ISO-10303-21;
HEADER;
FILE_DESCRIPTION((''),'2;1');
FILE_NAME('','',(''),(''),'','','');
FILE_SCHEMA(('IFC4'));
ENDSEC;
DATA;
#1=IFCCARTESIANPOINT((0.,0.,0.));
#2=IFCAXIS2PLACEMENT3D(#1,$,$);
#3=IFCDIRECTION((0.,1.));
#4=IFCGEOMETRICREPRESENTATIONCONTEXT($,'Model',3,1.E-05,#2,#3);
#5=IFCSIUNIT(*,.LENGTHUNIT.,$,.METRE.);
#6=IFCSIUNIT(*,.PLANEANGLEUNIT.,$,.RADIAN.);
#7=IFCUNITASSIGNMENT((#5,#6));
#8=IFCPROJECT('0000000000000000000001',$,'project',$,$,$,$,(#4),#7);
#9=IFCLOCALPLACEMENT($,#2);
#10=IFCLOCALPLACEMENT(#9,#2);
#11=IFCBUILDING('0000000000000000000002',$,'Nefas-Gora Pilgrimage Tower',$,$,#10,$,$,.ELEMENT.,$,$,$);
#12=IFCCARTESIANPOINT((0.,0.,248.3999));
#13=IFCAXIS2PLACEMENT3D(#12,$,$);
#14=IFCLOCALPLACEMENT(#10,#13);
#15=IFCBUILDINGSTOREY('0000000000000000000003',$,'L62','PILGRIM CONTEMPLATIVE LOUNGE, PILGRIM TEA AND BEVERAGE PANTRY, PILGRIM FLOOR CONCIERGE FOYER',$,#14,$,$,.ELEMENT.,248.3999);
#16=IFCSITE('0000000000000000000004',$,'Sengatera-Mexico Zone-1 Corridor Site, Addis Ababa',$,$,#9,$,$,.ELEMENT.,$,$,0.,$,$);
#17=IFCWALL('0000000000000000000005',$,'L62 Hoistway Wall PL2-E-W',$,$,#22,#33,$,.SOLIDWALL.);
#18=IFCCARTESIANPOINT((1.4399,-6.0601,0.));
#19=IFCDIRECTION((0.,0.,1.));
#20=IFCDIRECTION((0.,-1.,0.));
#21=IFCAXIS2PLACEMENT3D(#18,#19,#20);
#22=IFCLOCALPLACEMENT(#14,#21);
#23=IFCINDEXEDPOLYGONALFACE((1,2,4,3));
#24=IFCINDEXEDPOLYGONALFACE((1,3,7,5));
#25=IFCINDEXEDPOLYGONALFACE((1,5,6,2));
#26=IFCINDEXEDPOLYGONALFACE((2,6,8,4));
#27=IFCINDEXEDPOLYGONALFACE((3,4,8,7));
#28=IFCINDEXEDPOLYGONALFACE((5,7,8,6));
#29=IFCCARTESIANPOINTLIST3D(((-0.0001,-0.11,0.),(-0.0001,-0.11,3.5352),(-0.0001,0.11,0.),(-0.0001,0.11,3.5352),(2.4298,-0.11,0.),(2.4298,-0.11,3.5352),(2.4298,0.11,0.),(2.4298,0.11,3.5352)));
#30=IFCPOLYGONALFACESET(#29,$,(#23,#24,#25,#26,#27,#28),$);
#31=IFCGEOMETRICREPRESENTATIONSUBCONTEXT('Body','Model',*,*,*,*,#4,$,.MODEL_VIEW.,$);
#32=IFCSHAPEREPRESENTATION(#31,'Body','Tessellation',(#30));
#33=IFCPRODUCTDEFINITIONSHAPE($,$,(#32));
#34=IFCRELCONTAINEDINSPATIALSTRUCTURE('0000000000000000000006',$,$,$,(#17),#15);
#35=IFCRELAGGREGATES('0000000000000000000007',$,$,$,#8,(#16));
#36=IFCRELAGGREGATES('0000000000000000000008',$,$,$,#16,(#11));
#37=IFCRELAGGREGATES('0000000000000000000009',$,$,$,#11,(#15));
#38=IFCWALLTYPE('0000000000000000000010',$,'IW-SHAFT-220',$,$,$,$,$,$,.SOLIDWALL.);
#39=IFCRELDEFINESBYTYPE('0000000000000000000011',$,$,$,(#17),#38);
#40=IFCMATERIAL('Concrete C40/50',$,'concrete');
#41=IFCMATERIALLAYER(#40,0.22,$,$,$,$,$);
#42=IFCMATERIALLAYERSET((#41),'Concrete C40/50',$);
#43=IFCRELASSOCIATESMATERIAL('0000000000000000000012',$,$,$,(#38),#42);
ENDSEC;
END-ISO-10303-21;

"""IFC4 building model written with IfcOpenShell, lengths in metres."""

from ifc_helpers import new_model, si_unit, direction, frame, frame_2d, origin, place, context, subcontext, project, spatial, rectangle, extrude, source, transform, mapped, material, layer, layer_set, type_object, element, save


model = new_model("IFC4")

# Units and contexts
model_context = context("Model", 3, precision=1e-05, world=origin(), true_north=direction((0.0, 1.0)))
body_context = subcontext(model_context, "Body", "Model", "MODEL_VIEW")
ifc_project = project(units=[si_unit("LENGTHUNIT", "METRE"), si_unit("PLANEANGLEUNIT", "RADIAN")], contexts=[model_context])

# Site, building, storey
site_placement = place(None, origin())
site = spatial("IfcSite", under=ifc_project, at=site_placement, Name="Sengatera-Mexico Zone-1 Corridor Site, Addis Ababa", CompositionType="ELEMENT", RefElevation=0.0)
building_placement = place(site_placement, origin())
building = spatial("IfcBuilding", under=site, at=building_placement, Name="Nefas-Gora Pilgrimage Tower", CompositionType="ELEMENT")
storey_placement = place(building_placement, frame((0.0, 0.0, 248.3999)))
storey = spatial("IfcBuildingStorey", under=building, at=storey_placement, Name="L62", Description="PILGRIM CONTEMPLATIVE LOUNGE, PILGRIM TEA AND BEVERAGE PANTRY, PILGRIM FLOOR CONCIERGE FOYER", CompositionType="ELEMENT", Elevation=248.3999)

# Shared definitions
ifc_material_1 = material(Name="Concrete C40/50", Category="concrete")

# Shared definitions
ifc_layer_1 = layer(ifc_material_1, 0.22)
ifc_layer_set_1 = layer_set([ifc_layer_1], Name="Concrete C40/50")
wall_type_1 = type_object("IfcWallType", Name="IW-SHAFT-220", PredefinedType="SOLIDWALL", material=ifc_layer_set_1)

# Wall
shared_shape_1 = source(origin(), body_context, "Body", "SweptSolid", [
    extrude(rectangle(XDim=2.4299, YDim=0.22, at=frame_2d((1.2148, 0.0))), origin(), (0.0, 0.0, 1.0), 3.5352),
])
for number, where, z_axis, x_axis, name in (
    (1, (1.4399, -6.0601, 0.0), (0.0, 0.0, 1.0), (0.0, -1.0, 0.0), "L62 Hoistway Wall PL2-E-W"),
):
    element("IfcWall", number, at=place(storey_placement, frame(where, z_axis=z_axis, x_axis=x_axis)), inside=storey, type_object=wall_type_1, Name=name, PredefinedType="SOLIDWALL", context=body_context, shape_type="MappedRepresentation", body=[
        mapped(shared_shape_1, transform((0.0, 0.0, 0.0), x_axis=(1.0, 0.0, 0.0), y_axis=(0.0, 1.0, 0.0), z_axis=(0.0, 0.0, 1.0), scale=1.0)),
    ])

save(model, "model.ifc")
